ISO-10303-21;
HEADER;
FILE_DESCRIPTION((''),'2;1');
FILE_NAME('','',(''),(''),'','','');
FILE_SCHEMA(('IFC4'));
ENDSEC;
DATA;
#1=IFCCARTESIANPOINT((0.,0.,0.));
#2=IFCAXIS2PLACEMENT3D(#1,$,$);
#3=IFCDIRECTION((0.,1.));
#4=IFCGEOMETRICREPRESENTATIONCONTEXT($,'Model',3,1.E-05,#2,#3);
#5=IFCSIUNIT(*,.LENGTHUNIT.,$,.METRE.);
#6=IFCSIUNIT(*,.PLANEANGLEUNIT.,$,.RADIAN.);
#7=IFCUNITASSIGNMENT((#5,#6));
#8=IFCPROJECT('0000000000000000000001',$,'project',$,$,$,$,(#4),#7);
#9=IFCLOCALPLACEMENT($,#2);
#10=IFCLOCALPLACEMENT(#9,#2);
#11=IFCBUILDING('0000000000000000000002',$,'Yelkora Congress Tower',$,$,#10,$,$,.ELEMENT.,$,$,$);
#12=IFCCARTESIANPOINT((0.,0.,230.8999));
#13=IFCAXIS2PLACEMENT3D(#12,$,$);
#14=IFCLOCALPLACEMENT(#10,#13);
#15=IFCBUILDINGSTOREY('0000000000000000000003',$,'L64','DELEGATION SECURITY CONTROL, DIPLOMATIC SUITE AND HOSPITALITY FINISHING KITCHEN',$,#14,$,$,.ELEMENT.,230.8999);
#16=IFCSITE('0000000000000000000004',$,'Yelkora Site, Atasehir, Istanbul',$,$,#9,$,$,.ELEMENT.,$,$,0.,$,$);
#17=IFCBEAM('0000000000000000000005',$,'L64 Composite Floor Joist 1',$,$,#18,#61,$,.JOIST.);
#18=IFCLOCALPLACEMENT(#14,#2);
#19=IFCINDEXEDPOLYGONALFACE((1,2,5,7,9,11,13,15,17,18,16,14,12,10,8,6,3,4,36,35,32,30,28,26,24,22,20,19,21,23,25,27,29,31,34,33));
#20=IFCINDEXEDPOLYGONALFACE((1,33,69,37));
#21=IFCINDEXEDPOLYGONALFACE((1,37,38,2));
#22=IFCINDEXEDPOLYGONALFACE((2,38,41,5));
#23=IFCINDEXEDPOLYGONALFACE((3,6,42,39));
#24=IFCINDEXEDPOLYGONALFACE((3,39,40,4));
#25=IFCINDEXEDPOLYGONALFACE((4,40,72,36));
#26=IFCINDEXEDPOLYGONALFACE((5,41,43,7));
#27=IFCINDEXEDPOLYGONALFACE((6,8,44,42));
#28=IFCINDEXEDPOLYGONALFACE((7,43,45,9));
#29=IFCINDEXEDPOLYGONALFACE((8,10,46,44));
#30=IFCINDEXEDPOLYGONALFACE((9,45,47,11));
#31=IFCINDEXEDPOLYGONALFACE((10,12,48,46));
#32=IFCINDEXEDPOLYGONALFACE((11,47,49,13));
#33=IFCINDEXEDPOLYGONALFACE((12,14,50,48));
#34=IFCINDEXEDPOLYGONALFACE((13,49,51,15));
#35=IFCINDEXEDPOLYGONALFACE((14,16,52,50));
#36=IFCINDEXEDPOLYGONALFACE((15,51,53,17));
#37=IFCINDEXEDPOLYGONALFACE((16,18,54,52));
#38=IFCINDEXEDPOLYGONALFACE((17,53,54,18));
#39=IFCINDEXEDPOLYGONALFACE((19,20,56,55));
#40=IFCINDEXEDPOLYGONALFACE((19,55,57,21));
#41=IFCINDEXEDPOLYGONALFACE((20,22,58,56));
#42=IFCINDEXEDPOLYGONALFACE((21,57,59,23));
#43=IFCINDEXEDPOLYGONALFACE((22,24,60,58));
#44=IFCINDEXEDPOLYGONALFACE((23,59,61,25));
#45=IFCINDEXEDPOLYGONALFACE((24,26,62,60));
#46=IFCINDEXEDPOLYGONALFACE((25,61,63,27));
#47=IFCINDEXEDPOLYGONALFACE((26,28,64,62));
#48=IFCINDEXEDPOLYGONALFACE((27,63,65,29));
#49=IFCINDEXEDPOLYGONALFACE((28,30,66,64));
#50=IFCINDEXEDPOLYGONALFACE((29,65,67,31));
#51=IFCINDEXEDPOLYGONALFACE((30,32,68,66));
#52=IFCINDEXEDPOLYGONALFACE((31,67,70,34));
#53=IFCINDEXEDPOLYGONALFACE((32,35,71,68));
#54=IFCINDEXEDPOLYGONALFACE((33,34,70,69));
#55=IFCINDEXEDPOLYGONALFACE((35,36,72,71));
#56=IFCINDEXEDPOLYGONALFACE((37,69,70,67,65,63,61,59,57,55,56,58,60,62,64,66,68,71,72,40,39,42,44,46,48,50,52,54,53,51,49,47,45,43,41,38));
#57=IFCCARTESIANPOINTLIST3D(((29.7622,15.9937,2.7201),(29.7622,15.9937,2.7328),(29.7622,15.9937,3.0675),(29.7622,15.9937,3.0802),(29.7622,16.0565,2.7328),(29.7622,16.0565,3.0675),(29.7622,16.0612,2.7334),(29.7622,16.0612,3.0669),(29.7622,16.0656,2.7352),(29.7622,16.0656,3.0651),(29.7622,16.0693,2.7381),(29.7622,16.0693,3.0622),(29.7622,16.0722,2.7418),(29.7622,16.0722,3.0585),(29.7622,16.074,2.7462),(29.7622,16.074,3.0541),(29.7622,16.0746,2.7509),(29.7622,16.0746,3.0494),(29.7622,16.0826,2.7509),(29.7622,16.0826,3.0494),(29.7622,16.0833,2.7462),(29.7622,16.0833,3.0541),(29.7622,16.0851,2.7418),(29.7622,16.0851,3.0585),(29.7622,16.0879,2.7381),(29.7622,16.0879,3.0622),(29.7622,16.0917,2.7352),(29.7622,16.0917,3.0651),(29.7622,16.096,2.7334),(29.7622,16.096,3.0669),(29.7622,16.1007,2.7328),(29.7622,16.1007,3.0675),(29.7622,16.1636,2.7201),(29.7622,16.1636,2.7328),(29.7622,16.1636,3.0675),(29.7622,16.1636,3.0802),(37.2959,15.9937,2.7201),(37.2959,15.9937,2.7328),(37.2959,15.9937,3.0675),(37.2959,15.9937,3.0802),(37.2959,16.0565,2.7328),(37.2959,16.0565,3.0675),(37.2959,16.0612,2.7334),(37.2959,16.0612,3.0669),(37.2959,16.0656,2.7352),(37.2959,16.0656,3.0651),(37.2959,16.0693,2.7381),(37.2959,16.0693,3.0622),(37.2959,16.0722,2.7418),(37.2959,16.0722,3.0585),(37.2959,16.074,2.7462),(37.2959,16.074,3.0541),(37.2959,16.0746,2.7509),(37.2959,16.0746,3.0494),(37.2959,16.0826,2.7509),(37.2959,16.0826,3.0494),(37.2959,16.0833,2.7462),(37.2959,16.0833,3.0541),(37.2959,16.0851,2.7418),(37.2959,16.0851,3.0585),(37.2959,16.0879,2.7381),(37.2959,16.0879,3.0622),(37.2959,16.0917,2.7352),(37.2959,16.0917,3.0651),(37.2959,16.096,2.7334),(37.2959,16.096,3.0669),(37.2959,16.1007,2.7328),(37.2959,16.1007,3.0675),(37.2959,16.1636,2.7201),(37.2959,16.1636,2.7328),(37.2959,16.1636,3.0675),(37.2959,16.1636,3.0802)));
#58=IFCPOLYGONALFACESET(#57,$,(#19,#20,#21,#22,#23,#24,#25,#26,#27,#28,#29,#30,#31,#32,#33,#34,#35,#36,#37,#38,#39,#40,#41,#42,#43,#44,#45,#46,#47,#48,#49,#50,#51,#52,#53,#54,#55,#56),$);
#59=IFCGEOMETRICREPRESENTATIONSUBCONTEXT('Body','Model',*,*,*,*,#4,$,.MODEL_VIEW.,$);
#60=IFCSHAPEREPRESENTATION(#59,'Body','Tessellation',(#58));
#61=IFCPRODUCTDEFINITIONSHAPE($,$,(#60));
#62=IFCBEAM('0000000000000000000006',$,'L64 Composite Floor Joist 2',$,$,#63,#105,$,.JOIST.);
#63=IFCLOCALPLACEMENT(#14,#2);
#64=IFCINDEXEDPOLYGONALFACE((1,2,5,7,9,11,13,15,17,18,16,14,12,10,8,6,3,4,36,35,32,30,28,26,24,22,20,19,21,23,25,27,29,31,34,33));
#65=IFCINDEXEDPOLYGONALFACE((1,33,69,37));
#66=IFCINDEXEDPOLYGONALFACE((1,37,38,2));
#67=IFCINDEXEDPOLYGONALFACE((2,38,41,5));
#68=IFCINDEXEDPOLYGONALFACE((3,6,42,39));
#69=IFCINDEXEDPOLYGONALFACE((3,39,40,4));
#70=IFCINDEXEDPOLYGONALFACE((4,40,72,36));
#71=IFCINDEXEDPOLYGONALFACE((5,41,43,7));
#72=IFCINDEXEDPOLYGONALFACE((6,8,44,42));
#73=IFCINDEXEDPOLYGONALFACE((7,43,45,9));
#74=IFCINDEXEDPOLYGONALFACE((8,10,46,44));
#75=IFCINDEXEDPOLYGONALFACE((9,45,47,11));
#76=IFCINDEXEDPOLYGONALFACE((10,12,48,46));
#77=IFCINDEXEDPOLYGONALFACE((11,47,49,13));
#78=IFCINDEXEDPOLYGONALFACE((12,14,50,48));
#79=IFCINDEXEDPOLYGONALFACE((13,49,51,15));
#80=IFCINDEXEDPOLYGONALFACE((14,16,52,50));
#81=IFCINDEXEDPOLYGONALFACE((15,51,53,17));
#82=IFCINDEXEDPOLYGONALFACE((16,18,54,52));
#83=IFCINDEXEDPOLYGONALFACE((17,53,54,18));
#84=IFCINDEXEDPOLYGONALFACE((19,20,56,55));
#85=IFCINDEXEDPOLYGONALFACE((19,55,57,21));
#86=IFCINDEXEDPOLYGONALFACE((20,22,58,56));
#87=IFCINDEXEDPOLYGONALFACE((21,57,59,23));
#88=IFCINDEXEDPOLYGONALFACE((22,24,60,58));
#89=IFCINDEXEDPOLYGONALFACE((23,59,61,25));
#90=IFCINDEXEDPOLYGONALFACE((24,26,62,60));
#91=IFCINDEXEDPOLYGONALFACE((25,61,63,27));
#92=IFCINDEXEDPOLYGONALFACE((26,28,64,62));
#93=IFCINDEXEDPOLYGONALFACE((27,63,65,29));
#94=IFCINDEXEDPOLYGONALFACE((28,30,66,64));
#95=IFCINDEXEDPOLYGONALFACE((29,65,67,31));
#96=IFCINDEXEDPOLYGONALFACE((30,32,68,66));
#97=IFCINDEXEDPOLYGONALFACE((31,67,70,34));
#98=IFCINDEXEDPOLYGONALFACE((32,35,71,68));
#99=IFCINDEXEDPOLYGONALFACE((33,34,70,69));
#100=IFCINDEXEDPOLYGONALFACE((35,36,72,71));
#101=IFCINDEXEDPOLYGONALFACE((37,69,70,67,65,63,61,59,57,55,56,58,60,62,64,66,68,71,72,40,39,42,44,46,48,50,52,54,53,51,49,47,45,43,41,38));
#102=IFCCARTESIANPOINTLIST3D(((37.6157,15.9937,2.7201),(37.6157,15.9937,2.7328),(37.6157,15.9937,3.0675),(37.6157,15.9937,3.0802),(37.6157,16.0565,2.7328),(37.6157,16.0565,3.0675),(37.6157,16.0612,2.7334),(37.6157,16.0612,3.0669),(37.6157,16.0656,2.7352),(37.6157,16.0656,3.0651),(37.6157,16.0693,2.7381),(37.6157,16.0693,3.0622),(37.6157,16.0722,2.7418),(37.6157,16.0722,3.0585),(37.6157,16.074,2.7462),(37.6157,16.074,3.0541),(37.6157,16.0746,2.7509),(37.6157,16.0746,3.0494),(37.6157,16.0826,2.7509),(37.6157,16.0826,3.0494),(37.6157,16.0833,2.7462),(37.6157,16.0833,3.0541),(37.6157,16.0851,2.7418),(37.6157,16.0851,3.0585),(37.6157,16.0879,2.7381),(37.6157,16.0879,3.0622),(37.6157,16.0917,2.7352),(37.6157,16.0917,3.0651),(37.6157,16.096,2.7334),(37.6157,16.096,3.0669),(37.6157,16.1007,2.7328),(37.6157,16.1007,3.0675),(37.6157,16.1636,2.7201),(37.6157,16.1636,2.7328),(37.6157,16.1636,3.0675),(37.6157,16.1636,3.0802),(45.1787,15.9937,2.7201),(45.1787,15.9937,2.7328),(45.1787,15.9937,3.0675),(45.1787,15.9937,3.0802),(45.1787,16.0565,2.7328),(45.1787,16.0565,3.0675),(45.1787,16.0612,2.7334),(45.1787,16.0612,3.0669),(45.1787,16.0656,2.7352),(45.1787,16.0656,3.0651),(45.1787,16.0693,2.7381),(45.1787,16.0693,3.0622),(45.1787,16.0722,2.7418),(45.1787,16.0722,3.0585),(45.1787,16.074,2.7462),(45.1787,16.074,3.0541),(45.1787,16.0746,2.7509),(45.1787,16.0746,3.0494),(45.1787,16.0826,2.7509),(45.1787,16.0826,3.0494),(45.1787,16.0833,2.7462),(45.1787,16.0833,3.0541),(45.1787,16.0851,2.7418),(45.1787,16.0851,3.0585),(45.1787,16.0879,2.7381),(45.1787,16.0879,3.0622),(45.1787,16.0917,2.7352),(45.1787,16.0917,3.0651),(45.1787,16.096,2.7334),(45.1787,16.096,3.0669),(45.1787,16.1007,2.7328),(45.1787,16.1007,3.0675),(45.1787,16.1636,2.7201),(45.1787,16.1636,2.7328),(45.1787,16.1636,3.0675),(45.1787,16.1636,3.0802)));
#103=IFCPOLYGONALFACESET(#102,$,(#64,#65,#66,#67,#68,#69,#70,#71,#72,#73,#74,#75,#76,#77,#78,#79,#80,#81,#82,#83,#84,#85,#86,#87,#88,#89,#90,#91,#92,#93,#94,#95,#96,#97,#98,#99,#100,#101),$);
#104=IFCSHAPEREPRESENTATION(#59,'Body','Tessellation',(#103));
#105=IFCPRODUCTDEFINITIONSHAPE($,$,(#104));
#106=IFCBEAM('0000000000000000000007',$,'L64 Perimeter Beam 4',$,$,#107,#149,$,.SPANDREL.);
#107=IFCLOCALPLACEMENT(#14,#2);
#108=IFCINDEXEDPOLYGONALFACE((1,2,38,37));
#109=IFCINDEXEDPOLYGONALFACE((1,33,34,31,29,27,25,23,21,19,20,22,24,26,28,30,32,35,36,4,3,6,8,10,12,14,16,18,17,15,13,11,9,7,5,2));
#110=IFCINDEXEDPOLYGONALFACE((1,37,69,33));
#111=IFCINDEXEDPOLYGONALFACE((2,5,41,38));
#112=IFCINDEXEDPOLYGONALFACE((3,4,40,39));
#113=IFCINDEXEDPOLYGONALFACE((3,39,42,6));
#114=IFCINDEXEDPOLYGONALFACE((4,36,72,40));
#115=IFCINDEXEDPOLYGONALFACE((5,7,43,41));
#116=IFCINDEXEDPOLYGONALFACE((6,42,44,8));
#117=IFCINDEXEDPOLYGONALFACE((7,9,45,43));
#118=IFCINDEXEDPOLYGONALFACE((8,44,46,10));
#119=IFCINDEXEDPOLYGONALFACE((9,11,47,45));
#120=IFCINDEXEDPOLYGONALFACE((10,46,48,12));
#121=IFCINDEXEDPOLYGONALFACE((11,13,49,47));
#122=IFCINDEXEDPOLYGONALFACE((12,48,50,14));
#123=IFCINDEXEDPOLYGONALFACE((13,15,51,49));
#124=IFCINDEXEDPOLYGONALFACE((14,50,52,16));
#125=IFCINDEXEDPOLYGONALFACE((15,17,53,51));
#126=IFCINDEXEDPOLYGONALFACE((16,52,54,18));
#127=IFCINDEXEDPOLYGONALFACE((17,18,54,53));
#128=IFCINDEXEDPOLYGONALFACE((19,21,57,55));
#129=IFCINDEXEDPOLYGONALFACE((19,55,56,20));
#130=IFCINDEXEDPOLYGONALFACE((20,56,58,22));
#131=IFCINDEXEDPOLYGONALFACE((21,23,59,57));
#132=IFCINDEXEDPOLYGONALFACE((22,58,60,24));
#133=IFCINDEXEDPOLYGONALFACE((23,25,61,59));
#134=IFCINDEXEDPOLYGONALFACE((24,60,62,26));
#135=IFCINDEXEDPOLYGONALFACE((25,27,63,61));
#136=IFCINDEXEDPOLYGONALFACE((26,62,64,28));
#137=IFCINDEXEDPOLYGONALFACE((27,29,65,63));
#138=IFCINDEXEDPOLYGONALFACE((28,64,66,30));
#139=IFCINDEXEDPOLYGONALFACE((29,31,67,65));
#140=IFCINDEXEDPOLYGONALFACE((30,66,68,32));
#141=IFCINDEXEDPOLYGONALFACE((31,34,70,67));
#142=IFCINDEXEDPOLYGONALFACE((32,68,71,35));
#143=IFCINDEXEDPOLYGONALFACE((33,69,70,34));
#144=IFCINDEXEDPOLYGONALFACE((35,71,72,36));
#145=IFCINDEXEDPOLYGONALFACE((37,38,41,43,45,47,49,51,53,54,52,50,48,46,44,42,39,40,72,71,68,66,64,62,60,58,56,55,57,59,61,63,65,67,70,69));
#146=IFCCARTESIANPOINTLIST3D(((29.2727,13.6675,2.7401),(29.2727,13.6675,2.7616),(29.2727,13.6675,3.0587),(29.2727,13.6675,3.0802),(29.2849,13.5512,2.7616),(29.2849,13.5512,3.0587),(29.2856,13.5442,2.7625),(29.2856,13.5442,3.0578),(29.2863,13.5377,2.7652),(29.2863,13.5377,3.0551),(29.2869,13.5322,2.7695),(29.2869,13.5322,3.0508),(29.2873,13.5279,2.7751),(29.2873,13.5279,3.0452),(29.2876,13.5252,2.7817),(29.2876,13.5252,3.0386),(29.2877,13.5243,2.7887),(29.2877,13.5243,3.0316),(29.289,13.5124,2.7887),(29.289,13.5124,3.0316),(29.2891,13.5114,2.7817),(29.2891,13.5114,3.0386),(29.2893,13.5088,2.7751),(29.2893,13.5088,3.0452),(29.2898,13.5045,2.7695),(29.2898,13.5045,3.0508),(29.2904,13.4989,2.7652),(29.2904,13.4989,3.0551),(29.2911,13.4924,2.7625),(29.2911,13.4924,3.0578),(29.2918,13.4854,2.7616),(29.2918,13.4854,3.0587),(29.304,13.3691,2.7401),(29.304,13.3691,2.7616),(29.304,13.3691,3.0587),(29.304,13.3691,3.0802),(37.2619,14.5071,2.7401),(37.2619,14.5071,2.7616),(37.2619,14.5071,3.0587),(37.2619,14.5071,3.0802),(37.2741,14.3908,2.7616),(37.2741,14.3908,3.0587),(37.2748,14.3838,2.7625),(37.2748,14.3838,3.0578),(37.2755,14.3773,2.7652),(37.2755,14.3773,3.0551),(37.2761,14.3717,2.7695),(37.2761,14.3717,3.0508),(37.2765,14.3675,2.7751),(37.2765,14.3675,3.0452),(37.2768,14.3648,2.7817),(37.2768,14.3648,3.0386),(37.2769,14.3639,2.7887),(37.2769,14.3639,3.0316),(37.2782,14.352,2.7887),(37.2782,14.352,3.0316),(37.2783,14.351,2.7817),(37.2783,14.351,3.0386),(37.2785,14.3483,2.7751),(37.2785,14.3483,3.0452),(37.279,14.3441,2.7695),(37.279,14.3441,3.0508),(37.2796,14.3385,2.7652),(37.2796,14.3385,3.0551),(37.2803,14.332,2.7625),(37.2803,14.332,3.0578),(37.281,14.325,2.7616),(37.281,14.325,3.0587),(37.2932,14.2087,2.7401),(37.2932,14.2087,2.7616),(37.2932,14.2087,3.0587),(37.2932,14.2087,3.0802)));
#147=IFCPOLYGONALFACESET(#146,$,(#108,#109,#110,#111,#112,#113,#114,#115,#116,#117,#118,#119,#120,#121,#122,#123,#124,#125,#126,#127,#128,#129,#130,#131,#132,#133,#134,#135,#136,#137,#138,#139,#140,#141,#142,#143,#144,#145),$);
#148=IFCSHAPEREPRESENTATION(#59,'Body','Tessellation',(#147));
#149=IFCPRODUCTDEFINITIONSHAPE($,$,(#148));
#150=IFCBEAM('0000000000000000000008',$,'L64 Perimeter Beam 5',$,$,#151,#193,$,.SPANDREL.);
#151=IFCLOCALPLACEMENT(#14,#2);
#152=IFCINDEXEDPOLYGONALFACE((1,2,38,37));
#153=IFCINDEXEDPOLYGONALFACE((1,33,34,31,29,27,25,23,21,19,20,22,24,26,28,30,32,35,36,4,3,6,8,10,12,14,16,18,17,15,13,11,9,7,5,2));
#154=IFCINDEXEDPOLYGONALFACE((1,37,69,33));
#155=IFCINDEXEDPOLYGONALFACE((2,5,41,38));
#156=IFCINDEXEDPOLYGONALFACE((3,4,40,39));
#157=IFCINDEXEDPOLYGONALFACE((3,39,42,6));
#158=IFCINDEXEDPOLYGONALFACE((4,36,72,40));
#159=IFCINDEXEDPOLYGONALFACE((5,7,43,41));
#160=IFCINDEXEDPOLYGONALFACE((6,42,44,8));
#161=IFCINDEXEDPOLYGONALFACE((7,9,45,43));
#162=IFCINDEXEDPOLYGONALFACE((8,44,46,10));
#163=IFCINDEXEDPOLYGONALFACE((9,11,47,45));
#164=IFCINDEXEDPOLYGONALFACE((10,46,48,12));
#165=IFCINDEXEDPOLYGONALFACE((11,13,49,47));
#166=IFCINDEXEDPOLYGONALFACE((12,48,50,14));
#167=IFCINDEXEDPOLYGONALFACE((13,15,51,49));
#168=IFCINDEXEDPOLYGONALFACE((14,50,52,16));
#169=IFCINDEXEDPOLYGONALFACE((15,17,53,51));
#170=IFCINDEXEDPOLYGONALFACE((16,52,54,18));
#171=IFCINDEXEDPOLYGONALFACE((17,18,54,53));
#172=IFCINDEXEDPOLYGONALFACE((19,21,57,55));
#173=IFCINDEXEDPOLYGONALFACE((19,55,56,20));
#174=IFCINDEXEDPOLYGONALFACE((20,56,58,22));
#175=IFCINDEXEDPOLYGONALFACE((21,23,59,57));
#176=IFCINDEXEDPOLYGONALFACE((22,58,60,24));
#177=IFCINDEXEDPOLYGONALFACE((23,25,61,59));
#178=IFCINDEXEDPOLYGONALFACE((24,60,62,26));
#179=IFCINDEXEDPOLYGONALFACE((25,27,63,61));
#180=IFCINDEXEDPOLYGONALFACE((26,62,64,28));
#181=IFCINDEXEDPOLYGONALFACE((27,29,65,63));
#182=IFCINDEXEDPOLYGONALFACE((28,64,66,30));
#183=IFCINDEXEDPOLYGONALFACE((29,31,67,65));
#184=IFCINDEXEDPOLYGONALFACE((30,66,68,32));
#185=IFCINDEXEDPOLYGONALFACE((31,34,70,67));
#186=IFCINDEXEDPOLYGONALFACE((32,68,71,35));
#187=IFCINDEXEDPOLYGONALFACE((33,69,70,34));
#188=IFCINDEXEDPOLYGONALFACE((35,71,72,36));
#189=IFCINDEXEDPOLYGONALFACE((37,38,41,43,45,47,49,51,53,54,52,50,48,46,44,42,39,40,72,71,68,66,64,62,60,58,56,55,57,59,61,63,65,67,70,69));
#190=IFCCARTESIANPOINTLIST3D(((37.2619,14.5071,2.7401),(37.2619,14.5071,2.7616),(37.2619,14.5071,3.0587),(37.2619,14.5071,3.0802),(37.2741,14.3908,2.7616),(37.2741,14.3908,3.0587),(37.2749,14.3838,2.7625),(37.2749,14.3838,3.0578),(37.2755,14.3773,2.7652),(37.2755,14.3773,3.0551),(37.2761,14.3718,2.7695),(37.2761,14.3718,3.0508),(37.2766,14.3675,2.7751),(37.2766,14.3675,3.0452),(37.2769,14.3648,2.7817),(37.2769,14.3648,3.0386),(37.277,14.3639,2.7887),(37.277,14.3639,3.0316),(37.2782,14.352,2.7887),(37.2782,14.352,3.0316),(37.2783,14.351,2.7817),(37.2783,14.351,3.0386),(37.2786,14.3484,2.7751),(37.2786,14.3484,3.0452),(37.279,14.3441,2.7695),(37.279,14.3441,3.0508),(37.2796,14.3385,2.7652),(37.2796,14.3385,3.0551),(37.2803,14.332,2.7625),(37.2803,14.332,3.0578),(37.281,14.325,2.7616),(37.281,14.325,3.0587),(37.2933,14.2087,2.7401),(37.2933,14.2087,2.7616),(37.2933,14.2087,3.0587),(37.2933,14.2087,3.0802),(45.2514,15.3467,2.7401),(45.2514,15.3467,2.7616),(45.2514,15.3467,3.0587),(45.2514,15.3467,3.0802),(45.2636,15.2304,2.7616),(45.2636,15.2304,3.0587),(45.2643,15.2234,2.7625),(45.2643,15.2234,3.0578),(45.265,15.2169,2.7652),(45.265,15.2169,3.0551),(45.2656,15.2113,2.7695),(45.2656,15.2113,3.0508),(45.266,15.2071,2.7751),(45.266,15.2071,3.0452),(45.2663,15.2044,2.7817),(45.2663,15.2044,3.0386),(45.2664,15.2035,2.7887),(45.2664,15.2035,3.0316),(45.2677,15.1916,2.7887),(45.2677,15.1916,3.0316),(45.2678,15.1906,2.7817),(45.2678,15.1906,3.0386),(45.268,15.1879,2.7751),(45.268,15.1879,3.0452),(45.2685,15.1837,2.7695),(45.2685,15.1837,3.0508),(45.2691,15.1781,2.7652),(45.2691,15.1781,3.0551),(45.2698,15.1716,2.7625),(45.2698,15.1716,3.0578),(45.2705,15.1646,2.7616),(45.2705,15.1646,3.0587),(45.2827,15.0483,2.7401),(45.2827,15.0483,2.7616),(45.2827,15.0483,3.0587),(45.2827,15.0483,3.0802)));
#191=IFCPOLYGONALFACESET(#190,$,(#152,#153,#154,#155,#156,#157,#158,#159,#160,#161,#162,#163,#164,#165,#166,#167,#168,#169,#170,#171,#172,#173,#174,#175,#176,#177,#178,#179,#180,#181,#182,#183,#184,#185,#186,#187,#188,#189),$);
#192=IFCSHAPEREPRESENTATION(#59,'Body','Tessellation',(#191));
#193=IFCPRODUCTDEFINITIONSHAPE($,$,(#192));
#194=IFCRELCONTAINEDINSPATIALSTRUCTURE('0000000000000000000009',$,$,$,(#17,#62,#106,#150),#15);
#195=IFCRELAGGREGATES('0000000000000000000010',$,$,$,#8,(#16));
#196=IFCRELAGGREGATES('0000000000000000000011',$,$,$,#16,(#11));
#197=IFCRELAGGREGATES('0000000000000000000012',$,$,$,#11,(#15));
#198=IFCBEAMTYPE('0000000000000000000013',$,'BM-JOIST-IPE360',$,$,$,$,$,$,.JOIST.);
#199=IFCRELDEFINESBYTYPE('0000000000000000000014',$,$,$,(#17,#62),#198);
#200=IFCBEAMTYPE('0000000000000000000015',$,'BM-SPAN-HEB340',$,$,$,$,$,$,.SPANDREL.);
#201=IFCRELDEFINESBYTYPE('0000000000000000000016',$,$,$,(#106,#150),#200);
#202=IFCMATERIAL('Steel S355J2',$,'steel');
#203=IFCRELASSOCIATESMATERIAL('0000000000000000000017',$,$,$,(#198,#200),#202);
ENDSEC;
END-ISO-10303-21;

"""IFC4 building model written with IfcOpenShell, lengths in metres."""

from ifc_helpers import new_model, si_unit, direction, frame, origin, origin_2d, place, context, subcontext, project, spatial, i_section, extrude, material, material_profile, profile_set, type_object, element, save


model = new_model("IFC4")

# Units and contexts
model_context = context("Model", 3, precision=1e-05, world=origin(), true_north=direction((0.0, 1.0)))
body_context = subcontext(model_context, "Body", "Model", "MODEL_VIEW")
ifc_project = project(units=[si_unit("LENGTHUNIT", "METRE"), si_unit("PLANEANGLEUNIT", "RADIAN")], contexts=[model_context])

# Site, building, storey
site_placement = place(None, origin())
site = spatial("IfcSite", under=ifc_project, at=site_placement, Name="Yelkora Site, Atasehir, Istanbul", CompositionType="ELEMENT", RefElevation=0.0)
building_placement = place(site_placement, origin())
building = spatial("IfcBuilding", under=site, at=building_placement, Name="Yelkora Congress Tower", CompositionType="ELEMENT")
storey_placement = place(building_placement, frame((0.0, 0.0, 230.8999)))
storey = spatial("IfcBuildingStorey", under=building, at=storey_placement, Name="L64", Description="DELEGATION SECURITY CONTROL, DIPLOMATIC SUITE AND HOSPITALITY FINISHING KITCHEN", CompositionType="ELEMENT", Elevation=230.8999)

# Shared definitions
ifc_material_1 = material(Name="Steel S355J2", Category="steel")

# Beams
ifc_material_profile_1 = material_profile(ifc_material_1, i_section(OverallWidth=0.1699, OverallDepth=0.3601, WebThickness=0.0081, FlangeThickness=0.0127, FilletRadius=0.0181, at=origin_2d()), Name="IPE 360")
ifc_profile_set_1 = profile_set([ifc_material_profile_1], Name="Steel S355J2")
beam_type_1 = type_object("IfcBeamType", Name="BM-JOIST-IPE360", PredefinedType="JOIST", material=ifc_profile_set_1)
beam_1_placement = place(storey_placement, frame((29.7622, 16.0786, 2.9001), z_axis=(1.0, 0.0, 0.0), x_axis=(0.0, 1.0, 0.0)))
element("IfcBeam", 1, at=beam_1_placement, inside=storey, type_object=beam_type_1, Name="L64 Composite Floor Joist 1", PredefinedType="JOIST", context=body_context, shape_type="SweptSolid", body=[
    extrude(i_section(OverallWidth=0.1699, OverallDepth=0.3601, WebThickness=0.0081, FlangeThickness=0.0127, FilletRadius=0.0181, at=origin_2d()), origin(), (0.0, 0.0, 1.0), 7.5337),
])
beam_2_placement = place(storey_placement, frame((37.6157, 16.0786, 2.9001), z_axis=(1.0, 0.0, 0.0), x_axis=(0.0, 1.0, 0.0)))
element("IfcBeam", 2, at=beam_2_placement, inside=storey, type_object=beam_type_1, Name="L64 Composite Floor Joist 2", PredefinedType="JOIST", context=body_context, shape_type="SweptSolid", body=[
    extrude(i_section(OverallWidth=0.1699, OverallDepth=0.3601, WebThickness=0.0081, FlangeThickness=0.0127, FilletRadius=0.0181, at=origin_2d()), origin(), (0.0, 0.0, 1.0), 7.563),
])
ifc_material_profile_2 = material_profile(ifc_material_1, i_section(OverallWidth=0.3, OverallDepth=0.3401, WebThickness=0.012, FlangeThickness=0.0215, FilletRadius=0.0271, at=origin_2d()), Name="HEB 340")
ifc_profile_set_2 = profile_set([ifc_material_profile_2], Name="Steel S355J2")
beam_type_2 = type_object("IfcBeamType", Name="BM-SPAN-HEB340", PredefinedType="SPANDREL", material=ifc_profile_set_2)
beam_3_placement = place(storey_placement, frame((29.2883, 13.5183, 2.9102), z_axis=(0.994523, 0.104516, 0.0), x_axis=(-0.104516, 0.994523, 0.0)))
element("IfcBeam", 3, at=beam_3_placement, inside=storey, type_object=beam_type_2, Name="L64 Perimeter Beam 4", PredefinedType="SPANDREL", context=body_context, shape_type="SweptSolid", body=[
    extrude(i_section(OverallWidth=0.3, OverallDepth=0.3401, WebThickness=0.012, FlangeThickness=0.0215, FilletRadius=0.0271, at=origin_2d()), origin(), (0.0, 0.0, 1.0), 8.0332),
])
beam_4_placement = place(storey_placement, frame((37.2776, 14.3579, 2.9102), z_axis=(0.994524, 0.104512, 0.0), x_axis=(-0.104512, 0.994524, 0.0)))
element("IfcBeam", 4, at=beam_4_placement, inside=storey, type_object=beam_type_2, Name="L64 Perimeter Beam 5", PredefinedType="SPANDREL", context=body_context, shape_type="SweptSolid", body=[
    extrude(i_section(OverallWidth=0.3, OverallDepth=0.3401, WebThickness=0.012, FlangeThickness=0.0215, FilletRadius=0.0271, at=origin_2d()), origin(), (0.0, 0.0, 1.0), 8.0334),
])

save(model, "model.ifc")
